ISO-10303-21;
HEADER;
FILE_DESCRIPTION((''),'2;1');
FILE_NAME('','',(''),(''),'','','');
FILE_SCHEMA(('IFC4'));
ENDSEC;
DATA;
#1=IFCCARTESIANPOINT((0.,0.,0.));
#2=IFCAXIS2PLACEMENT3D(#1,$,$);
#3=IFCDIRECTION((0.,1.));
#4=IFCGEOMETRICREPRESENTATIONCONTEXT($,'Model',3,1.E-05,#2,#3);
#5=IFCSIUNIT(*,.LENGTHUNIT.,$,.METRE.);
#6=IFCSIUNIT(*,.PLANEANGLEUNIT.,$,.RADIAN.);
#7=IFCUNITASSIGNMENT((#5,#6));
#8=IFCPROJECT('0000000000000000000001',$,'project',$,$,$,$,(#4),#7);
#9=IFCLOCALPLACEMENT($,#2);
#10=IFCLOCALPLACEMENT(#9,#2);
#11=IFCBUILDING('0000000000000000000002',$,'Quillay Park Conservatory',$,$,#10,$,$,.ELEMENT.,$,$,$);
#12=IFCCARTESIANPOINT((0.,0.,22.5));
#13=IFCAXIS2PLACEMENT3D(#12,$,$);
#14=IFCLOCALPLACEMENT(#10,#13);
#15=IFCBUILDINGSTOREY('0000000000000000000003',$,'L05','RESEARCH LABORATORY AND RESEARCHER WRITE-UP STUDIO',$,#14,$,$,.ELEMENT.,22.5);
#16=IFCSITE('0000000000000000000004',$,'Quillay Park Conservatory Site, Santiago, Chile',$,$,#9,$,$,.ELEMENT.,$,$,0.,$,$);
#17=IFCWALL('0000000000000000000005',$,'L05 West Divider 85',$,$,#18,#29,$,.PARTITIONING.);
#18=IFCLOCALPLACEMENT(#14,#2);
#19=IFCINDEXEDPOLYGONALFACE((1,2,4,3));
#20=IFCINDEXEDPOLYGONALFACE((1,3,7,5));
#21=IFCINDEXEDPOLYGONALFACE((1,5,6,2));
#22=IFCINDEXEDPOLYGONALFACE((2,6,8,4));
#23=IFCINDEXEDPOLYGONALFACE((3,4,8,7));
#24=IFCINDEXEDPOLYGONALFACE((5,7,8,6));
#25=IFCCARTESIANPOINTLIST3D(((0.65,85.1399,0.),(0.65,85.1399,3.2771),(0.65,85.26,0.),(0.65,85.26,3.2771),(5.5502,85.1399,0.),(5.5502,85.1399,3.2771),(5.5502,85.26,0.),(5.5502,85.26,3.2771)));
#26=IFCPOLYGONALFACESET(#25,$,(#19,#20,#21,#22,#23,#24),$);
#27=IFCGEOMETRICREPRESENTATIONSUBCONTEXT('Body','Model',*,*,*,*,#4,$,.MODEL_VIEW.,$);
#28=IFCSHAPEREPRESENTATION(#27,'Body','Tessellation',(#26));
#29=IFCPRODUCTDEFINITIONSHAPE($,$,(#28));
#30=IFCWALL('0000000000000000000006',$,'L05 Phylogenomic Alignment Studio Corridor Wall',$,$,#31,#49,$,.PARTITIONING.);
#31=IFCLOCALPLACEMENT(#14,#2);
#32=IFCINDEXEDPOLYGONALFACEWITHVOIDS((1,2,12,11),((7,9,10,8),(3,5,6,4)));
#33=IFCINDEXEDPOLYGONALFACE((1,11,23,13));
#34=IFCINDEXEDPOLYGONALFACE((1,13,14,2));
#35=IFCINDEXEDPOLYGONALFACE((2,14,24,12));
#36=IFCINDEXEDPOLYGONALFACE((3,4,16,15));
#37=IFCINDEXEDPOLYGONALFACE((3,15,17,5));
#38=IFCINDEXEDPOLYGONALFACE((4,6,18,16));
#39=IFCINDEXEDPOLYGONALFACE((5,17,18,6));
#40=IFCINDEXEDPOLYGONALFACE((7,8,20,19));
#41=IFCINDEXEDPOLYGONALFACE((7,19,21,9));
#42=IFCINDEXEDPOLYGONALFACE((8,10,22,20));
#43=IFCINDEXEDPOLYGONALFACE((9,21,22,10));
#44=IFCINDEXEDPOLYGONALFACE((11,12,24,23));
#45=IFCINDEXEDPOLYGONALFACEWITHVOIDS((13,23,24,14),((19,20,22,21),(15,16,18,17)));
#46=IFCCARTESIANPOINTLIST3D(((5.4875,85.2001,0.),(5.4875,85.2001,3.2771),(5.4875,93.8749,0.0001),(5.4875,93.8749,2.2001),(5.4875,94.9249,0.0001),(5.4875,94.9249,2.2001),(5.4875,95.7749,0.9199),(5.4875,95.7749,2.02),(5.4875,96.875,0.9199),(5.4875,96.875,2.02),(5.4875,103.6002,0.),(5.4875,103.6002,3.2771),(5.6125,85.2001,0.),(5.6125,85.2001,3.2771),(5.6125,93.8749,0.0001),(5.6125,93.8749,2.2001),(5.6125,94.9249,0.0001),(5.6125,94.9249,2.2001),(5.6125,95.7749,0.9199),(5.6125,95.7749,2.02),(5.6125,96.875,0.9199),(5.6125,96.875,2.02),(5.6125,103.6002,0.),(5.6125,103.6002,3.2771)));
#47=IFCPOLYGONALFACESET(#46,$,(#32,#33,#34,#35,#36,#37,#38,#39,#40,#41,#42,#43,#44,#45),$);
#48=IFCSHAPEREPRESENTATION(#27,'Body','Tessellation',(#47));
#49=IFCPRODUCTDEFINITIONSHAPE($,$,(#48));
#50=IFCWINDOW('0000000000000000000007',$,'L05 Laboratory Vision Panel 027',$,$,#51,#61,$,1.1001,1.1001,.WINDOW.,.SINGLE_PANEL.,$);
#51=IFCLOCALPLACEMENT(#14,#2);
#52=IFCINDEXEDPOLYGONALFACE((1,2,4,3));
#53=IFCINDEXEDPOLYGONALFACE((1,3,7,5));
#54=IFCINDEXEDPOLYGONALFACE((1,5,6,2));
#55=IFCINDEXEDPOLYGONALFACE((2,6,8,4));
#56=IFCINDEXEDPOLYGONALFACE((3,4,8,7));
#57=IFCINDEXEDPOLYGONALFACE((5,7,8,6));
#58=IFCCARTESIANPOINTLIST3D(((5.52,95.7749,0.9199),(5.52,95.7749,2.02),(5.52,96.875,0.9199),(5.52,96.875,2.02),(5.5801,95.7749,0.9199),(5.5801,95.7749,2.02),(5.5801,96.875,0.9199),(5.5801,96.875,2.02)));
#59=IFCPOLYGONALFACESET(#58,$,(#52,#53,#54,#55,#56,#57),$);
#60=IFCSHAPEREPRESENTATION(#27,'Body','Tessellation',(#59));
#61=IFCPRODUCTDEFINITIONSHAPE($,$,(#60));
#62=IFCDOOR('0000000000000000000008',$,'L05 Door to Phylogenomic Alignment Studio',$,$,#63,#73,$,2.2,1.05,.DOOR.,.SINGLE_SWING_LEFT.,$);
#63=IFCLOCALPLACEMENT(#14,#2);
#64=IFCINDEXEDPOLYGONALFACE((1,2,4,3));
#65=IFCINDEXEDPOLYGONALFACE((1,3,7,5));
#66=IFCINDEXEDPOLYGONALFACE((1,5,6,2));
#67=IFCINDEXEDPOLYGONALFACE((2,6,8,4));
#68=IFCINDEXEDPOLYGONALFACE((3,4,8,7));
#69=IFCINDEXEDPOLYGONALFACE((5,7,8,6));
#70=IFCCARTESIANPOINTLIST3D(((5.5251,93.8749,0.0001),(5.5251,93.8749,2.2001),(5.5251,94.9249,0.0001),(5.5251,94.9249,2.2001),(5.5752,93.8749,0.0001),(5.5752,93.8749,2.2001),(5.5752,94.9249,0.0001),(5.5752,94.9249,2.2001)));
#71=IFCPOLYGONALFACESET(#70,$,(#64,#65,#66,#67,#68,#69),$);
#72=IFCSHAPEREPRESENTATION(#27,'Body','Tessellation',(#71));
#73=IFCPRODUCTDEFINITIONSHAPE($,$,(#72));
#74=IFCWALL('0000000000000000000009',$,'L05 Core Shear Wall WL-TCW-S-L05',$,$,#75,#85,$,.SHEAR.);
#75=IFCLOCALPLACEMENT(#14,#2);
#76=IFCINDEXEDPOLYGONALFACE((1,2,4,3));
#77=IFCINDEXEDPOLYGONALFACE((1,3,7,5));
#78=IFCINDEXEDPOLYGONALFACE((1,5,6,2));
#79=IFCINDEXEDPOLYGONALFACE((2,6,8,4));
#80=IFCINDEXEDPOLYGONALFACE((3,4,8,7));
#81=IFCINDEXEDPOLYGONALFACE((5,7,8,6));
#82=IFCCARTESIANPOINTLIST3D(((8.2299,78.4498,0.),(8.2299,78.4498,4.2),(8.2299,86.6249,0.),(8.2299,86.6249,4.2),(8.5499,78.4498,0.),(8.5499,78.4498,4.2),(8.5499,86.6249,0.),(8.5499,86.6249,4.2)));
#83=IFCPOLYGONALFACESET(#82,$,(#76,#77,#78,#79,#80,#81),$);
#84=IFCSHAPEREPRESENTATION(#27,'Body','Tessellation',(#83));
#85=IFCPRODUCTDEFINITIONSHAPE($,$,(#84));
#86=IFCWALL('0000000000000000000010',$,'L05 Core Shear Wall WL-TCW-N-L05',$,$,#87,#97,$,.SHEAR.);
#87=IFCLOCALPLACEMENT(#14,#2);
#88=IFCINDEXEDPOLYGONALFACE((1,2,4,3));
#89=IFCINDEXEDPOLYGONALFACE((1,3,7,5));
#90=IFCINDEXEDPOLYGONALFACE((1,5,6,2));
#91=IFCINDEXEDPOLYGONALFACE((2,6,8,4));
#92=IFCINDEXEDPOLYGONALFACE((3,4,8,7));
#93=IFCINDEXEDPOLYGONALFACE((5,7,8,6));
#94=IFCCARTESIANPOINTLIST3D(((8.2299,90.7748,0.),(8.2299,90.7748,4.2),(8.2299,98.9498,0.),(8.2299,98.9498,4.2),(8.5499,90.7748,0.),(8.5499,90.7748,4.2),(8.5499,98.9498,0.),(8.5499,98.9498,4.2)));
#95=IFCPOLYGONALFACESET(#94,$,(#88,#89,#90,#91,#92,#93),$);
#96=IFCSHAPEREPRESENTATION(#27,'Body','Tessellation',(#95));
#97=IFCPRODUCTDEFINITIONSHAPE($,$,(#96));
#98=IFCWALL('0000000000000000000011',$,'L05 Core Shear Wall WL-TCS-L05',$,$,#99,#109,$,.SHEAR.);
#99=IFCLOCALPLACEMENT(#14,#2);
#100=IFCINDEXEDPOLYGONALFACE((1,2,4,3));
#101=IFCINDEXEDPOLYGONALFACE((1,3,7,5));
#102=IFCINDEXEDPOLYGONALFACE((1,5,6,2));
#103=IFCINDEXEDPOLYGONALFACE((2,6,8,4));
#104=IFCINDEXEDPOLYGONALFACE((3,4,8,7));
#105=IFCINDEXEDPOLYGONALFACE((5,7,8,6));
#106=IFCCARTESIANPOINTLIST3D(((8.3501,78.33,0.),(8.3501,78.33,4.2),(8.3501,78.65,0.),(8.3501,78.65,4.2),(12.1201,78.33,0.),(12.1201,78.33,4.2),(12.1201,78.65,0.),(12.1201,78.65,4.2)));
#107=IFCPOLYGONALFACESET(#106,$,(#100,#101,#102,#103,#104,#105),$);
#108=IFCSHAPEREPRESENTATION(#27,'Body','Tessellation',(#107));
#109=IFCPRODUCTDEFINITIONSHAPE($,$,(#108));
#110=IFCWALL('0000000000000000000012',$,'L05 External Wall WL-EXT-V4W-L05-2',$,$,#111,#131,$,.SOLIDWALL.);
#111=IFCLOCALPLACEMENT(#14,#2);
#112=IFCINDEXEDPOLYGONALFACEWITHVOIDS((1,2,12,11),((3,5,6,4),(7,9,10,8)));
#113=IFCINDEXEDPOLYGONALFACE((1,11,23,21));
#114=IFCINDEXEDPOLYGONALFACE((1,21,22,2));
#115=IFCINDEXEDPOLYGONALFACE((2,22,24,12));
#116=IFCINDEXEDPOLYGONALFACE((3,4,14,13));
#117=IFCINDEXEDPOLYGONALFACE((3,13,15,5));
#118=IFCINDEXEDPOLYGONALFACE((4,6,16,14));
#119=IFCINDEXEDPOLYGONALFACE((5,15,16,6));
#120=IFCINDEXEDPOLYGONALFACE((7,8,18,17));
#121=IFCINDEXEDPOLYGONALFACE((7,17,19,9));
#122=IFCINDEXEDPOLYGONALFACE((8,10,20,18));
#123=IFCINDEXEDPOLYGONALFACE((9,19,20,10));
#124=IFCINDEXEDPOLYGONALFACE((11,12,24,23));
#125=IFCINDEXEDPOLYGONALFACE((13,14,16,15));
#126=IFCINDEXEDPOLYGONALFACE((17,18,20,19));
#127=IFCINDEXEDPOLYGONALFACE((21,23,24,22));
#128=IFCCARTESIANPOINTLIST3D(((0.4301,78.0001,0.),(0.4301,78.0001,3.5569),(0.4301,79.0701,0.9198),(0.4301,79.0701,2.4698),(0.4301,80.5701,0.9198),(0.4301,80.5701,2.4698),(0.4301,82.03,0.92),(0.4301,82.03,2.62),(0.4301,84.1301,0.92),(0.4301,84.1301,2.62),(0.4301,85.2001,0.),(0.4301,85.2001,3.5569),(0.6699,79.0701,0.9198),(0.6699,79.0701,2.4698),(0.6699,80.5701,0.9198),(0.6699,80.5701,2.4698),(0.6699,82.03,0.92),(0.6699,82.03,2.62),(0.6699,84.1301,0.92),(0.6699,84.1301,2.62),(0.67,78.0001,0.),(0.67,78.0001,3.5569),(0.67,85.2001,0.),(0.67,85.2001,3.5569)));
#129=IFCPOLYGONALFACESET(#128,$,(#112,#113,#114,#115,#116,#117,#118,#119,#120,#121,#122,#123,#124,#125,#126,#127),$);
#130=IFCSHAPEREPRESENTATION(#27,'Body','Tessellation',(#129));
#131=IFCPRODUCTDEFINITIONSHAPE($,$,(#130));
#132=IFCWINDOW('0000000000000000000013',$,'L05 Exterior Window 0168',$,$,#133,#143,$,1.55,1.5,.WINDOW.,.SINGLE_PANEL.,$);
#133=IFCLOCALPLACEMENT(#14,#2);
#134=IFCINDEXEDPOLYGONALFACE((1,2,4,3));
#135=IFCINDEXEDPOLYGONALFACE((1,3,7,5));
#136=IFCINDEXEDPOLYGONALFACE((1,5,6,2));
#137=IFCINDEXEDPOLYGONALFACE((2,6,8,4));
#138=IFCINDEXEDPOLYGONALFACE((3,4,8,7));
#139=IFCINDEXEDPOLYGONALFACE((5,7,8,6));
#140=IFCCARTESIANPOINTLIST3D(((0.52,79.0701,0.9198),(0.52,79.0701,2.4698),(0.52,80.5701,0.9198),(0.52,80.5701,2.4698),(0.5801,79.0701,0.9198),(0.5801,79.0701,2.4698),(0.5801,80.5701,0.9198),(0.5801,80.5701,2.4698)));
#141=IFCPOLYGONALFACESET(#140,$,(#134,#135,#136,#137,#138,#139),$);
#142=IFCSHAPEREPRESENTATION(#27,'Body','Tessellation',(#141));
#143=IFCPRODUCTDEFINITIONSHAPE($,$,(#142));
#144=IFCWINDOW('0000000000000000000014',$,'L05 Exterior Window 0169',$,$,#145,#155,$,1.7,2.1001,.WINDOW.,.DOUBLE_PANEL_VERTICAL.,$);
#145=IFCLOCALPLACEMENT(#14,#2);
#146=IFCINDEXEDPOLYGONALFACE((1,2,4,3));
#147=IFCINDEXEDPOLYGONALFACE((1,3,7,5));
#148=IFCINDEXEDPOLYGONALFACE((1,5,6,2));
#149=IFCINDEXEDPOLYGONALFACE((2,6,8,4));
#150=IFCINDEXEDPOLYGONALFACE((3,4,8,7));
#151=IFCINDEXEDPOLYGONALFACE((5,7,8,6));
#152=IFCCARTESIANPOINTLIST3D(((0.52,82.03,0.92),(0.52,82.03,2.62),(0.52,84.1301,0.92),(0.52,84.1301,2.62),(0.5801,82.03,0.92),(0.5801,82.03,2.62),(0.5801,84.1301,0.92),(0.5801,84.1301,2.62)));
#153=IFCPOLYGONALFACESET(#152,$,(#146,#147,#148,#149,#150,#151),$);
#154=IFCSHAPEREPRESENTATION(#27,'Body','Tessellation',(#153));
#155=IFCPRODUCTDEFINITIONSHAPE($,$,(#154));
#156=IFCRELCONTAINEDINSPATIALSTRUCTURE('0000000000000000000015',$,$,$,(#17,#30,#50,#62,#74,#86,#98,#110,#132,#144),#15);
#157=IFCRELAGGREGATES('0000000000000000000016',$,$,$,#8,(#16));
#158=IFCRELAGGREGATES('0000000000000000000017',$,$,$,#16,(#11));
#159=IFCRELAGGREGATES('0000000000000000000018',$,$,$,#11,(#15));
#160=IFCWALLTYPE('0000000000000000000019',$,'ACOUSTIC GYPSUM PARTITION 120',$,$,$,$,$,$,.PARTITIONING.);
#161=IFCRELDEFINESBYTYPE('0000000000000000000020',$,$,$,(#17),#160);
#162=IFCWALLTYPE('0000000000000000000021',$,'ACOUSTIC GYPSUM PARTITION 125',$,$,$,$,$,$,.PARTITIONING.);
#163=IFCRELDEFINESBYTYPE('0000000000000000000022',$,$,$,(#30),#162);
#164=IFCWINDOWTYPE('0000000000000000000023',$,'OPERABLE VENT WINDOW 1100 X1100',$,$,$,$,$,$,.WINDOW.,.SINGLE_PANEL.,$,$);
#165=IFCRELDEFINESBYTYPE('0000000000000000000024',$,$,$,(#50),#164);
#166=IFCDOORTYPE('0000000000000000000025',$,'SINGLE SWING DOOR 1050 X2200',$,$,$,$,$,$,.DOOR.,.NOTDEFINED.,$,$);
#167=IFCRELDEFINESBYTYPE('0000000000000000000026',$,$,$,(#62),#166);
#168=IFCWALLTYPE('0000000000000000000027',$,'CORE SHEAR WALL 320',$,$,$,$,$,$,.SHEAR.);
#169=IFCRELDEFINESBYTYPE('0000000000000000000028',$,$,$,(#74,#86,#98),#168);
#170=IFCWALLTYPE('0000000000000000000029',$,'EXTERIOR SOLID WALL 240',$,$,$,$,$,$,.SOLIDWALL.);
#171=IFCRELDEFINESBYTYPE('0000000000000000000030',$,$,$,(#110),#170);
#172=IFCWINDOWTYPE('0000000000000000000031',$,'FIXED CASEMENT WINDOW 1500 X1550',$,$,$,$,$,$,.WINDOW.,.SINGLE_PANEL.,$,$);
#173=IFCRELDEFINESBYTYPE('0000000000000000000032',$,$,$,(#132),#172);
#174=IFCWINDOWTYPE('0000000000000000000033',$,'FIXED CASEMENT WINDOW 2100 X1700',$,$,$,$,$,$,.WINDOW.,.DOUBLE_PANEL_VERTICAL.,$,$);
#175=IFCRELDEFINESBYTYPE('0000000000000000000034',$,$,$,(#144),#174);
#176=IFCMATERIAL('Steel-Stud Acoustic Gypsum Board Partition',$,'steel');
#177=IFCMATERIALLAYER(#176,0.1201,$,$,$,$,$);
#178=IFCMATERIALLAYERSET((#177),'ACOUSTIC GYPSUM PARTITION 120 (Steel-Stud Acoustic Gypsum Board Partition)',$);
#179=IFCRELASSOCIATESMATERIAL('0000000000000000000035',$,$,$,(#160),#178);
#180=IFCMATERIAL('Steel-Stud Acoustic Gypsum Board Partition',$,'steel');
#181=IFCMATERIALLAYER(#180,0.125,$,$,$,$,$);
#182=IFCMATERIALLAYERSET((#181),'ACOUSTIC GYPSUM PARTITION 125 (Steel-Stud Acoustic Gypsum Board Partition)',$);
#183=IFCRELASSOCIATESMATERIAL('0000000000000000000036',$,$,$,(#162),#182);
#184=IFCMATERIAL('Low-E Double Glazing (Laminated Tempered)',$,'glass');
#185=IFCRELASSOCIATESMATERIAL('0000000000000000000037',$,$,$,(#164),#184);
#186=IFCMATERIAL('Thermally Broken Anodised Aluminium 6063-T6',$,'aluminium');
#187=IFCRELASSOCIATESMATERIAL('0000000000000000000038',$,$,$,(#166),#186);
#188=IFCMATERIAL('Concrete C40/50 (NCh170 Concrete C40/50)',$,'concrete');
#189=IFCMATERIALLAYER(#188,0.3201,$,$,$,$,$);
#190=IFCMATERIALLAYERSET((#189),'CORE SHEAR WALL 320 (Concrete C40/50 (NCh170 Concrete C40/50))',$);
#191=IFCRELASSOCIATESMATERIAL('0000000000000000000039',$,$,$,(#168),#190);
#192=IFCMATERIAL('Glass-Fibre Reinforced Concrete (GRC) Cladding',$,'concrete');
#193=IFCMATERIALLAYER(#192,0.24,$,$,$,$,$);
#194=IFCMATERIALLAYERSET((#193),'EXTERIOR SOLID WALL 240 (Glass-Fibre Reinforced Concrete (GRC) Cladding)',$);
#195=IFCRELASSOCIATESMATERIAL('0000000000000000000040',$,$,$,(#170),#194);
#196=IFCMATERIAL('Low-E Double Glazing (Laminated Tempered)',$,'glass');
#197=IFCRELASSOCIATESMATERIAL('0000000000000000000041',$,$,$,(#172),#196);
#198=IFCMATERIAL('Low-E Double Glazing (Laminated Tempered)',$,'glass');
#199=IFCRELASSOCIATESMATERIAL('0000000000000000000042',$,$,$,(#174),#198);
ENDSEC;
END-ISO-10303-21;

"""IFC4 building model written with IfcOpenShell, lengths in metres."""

from ifc_helpers import new_model, si_unit, direction, frame, frame_2d, origin, place, context, subcontext, project, spatial, rectangle, extrude, material, layer, layer_set, type_object, element, fill, save


model = new_model("IFC4")

# Units and contexts
model_context = context("Model", 3, precision=1e-05, world=origin(), true_north=direction((0.0, 1.0)))
body_context = subcontext(model_context, "Body", "Model", "MODEL_VIEW")
ifc_project = project(units=[si_unit("LENGTHUNIT", "METRE"), si_unit("PLANEANGLEUNIT", "RADIAN")], contexts=[model_context])

# Site, building, storey
site_placement = place(None, origin())
site = spatial("IfcSite", under=ifc_project, at=site_placement, Name="Quillay Park Conservatory Site, Santiago, Chile", CompositionType="ELEMENT", RefElevation=0.0)
building_placement = place(site_placement, origin())
building = spatial("IfcBuilding", under=site, at=building_placement, Name="Quillay Park Conservatory", CompositionType="ELEMENT")
storey_placement = place(building_placement, frame((0.0, 0.0, 22.5)))
storey = spatial("IfcBuildingStorey", under=building, at=storey_placement, Name="L05", Description="RESEARCH LABORATORY AND RESEARCHER WRITE-UP STUDIO", CompositionType="ELEMENT", Elevation=22.5)

# Wall
ifc_material_1 = material(Name="Steel-Stud Acoustic Gypsum Board Partition", Category="steel")
ifc_layer_1 = layer(ifc_material_1, 0.1201)
ifc_layer_set_1 = layer_set([ifc_layer_1], Name="ACOUSTIC GYPSUM PARTITION 120 (Steel-Stud Acoustic Gypsum Board Partition)")
wall_type_1 = type_object("IfcWallType", Name="ACOUSTIC GYPSUM PARTITION 120", PredefinedType="PARTITIONING", material=ifc_layer_set_1)
wall_1_placement = place(storey_placement, frame((0.6499, 85.2, 0.0), z_axis=(0.0, 0.0, 1.0), x_axis=(1.0, 0.0, 0.0)))
element("IfcWall", 1, at=wall_1_placement, inside=storey, type_object=wall_type_1, Name="L05 West Divider 85", PredefinedType="PARTITIONING", context=body_context, shape_type="SweptSolid", body=[
    extrude(rectangle(XDim=4.9001, YDim=0.1201, at=frame_2d((2.4502, 0.0))), origin(), (0.0, 0.0, 1.0), 3.2771),
])

# Wall, openings, window, door
ifc_material_2 = material(Name="Steel-Stud Acoustic Gypsum Board Partition", Category="steel")
ifc_layer_2 = layer(ifc_material_2, 0.125)
ifc_layer_set_2 = layer_set([ifc_layer_2], Name="ACOUSTIC GYPSUM PARTITION 125 (Steel-Stud Acoustic Gypsum Board Partition)")
wall_type_2 = type_object("IfcWallType", Name="ACOUSTIC GYPSUM PARTITION 125", PredefinedType="PARTITIONING", material=ifc_layer_set_2)
wall_2_placement = place(storey_placement, frame((5.55, 85.2, 0.0), z_axis=(0.0, 0.0, 1.0), x_axis=(0.0, 1.0, 0.0)))
wall_2 = element("IfcWall", 2, at=wall_2_placement, inside=storey, type_object=wall_type_2, Name="L05 Phylogenomic Alignment Studio Corridor Wall", PredefinedType="PARTITIONING", context=body_context, shape_type="SweptSolid", body=[
    extrude(rectangle(XDim=18.4001, YDim=0.125, at=frame_2d((9.2002, 0.0))), origin(), (0.0, 0.0, 1.0), 3.2771),
])
opening_1_placement = place(wall_2_placement, frame((8.675, 0.0, 0.0)))
opening_1 = element("IfcOpeningElement", 3, at=opening_1_placement, cuts=wall_2, PredefinedType="OPENING", context=body_context, shape_type="SweptSolid", body=[
    extrude(rectangle(XDim=1.05, YDim=2.2, at=frame_2d((0.5249, 1.1001))), frame((0.0, 0.0625, 0.0), z_axis=(0.0, -1.0, 0.0), x_axis=(1.0, 0.0, 0.0)), (0.0, 0.0, 1.0), 0.125),
])
opening_2_placement = place(wall_2_placement, frame((10.575, 0.0, 0.9199)))
opening_2 = element("IfcOpeningElement", 4, at=opening_2_placement, cuts=wall_2, PredefinedType="OPENING", context=body_context, shape_type="SweptSolid", body=[
    extrude(rectangle(XDim=1.1001, YDim=1.1001, at=frame_2d((0.55, 0.55))), frame((0.0, 0.0625, 0.0), z_axis=(0.0, -1.0, 0.0), x_axis=(1.0, 0.0, 0.0)), (0.0, 0.0, 1.0), 0.125),
])
ifc_material_3 = material(Name="Low-E Double Glazing (Laminated Tempered)", Category="glass")
window_type_1 = type_object("IfcWindowType", Name="OPERABLE VENT WINDOW 1100 X1100", PartitioningType="SINGLE_PANEL", PredefinedType="WINDOW", material=ifc_material_3)
window_1_placement = place(opening_2_placement, origin())
window_1 = element("IfcWindow", 5, at=window_1_placement, inside=storey, type_object=window_type_1, Name="L05 Laboratory Vision Panel 027", OverallHeight=1.1001, OverallWidth=1.1001, PartitioningType="SINGLE_PANEL", PredefinedType="WINDOW", context=body_context, shape_type="SweptSolid", body=[
    extrude(rectangle(XDim=1.1001, YDim=1.1001, at=frame_2d((0.55, 0.55))), frame((0.0, 0.03, 0.0), z_axis=(0.0, -1.0, 0.0), x_axis=(1.0, 0.0, 0.0)), (0.0, 0.0, 1.0), 0.0601),
])
fill(opening_2, window_1)
ifc_material_4 = material(Name="Thermally Broken Anodised Aluminium 6063-T6", Category="aluminium")
door_type_1 = type_object("IfcDoorType", Name="SINGLE SWING DOOR 1050 X2200", OperationType="NOTDEFINED", PredefinedType="DOOR", material=ifc_material_4)
door_1_placement = place(opening_1_placement, origin())
door_1 = element("IfcDoor", 6, at=door_1_placement, inside=storey, type_object=door_type_1, Name="L05 Door to Phylogenomic Alignment Studio", OperationType="SINGLE_SWING_LEFT", OverallHeight=2.2, OverallWidth=1.05, PredefinedType="DOOR", context=body_context, shape_type="SweptSolid", body=[
    extrude(rectangle(XDim=1.05, YDim=2.2, at=frame_2d((0.5249, 1.1001))), frame((0.0, 0.0249, 0.0), z_axis=(0.0, -1.0, 0.0), x_axis=(1.0, 0.0, 0.0)), (0.0, 0.0, 1.0), 0.05),
])
fill(opening_1, door_1)

# Walls
ifc_material_5 = material(Name="Concrete C40/50 (NCh170 Concrete C40/50)", Category="concrete")
ifc_layer_3 = layer(ifc_material_5, 0.3201)
ifc_layer_set_3 = layer_set([ifc_layer_3], Name="CORE SHEAR WALL 320 (Concrete C40/50 (NCh170 Concrete C40/50))")
wall_type_3 = type_object("IfcWallType", Name="CORE SHEAR WALL 320", PredefinedType="SHEAR", material=ifc_layer_set_3)
for number, where, z_axis, x_axis, name in (
    (7, (8.3899, 78.45, 0.0), (0.0, 0.0, 1.0), (0.0, 1.0, 0.0), "L05 Core Shear Wall WL-TCW-S-L05"),
    (8, (8.3899, 90.7749, 0.0), (0.0, 0.0, 1.0), (0.0, 1.0, 0.0), "L05 Core Shear Wall WL-TCW-N-L05"),
):
    element("IfcWall", number, at=place(storey_placement, frame(where, z_axis=z_axis, x_axis=x_axis)), inside=storey, type_object=wall_type_3, Name=name, PredefinedType="SHEAR", context=body_context, shape_type="SweptSolid", body=[
        extrude(rectangle(XDim=8.175, YDim=0.3201, at=frame_2d((4.0874, 0.0))), origin(), (0.0, 0.0, 1.0), 4.2),
    ])
wall_3_placement = place(storey_placement, frame((8.3501, 78.49, 0.0), z_axis=(0.0, 0.0, 1.0), x_axis=(1.0, 0.0, 0.0)))
element("IfcWall", 9, at=wall_3_placement, inside=storey, type_object=wall_type_3, Name="L05 Core Shear Wall WL-TCS-L05", PredefinedType="SHEAR", context=body_context, shape_type="SweptSolid", body=[
    extrude(rectangle(XDim=3.77, YDim=0.3201, at=frame_2d((1.885, 0.0))), origin(), (0.0, 0.0, 1.0), 4.2),
])

# Wall, openings, windows
ifc_material_6 = material(Name="Glass-Fibre Reinforced Concrete (GRC) Cladding", Category="concrete")
ifc_layer_4 = layer(ifc_material_6, 0.24)
ifc_layer_set_4 = layer_set([ifc_layer_4], Name="EXTERIOR SOLID WALL 240 (Glass-Fibre Reinforced Concrete (GRC) Cladding)")
wall_type_4 = type_object("IfcWallType", Name="EXTERIOR SOLID WALL 240", PredefinedType="SOLIDWALL", material=ifc_layer_set_4)
wall_4_placement = place(storey_placement, frame((0.55, 78.0, 0.0), z_axis=(0.0, 0.0, 1.0), x_axis=(0.0, 1.0, 0.0)))
wall_4 = element("IfcWall", 10, at=wall_4_placement, inside=storey, type_object=wall_type_4, Name="L05 External Wall WL-EXT-V4W-L05-2", PredefinedType="SOLIDWALL", context=body_context, shape_type="SweptSolid", body=[
    extrude(rectangle(XDim=7.2, YDim=0.24, at=frame_2d((3.6001, 0.0))), origin(), (0.0, 0.0, 1.0), 3.5569),
])
opening_3_placement = place(wall_4_placement, frame((1.0701, 0.0, 0.9199)))
opening_3 = element("IfcOpeningElement", 11, at=opening_3_placement, cuts=wall_4, PredefinedType="OPENING", context=body_context, shape_type="SweptSolid", body=[
    extrude(rectangle(XDim=1.5, YDim=1.55, at=frame_2d((0.75, 0.7749))), frame((0.0, 0.1201, 0.0), z_axis=(0.0, -1.0, 0.0), x_axis=(1.0, 0.0, 0.0)), (0.0, 0.0, 1.0), 0.24),
])
opening_4_placement = place(wall_4_placement, frame((4.03, 0.0, 0.9199)))
opening_4 = element("IfcOpeningElement", 12, at=opening_4_placement, cuts=wall_4, PredefinedType="OPENING", context=body_context, shape_type="SweptSolid", body=[
    extrude(rectangle(XDim=2.1001, YDim=1.7, at=frame_2d((1.05, 0.8501))), frame((0.0, 0.1201, 0.0), z_axis=(0.0, -1.0, 0.0), x_axis=(1.0, 0.0, 0.0)), (0.0, 0.0, 1.0), 0.24),
])
ifc_material_7 = material(Name="Low-E Double Glazing (Laminated Tempered)", Category="glass")
window_type_2 = type_object("IfcWindowType", Name="FIXED CASEMENT WINDOW 1500 X1550", PartitioningType="SINGLE_PANEL", PredefinedType="WINDOW", material=ifc_material_7)
window_2_placement = place(opening_3_placement, origin())
window_2 = element("IfcWindow", 13, at=window_2_placement, inside=storey, type_object=window_type_2, Name="L05 Exterior Window 0168", OverallHeight=1.55, OverallWidth=1.5, PartitioningType="SINGLE_PANEL", PredefinedType="WINDOW", context=body_context, shape_type="SweptSolid", body=[
    extrude(rectangle(XDim=1.5, YDim=1.55, at=frame_2d((0.75, 0.7749))), frame((0.0, 0.03, 0.0), z_axis=(0.0, -1.0, 0.0), x_axis=(1.0, 0.0, 0.0)), (0.0, 0.0, 1.0), 0.0601),
])
fill(opening_3, window_2)
ifc_material_8 = material(Name="Low-E Double Glazing (Laminated Tempered)", Category="glass")
window_type_3 = type_object("IfcWindowType", Name="FIXED CASEMENT WINDOW 2100 X1700", PartitioningType="DOUBLE_PANEL_VERTICAL", PredefinedType="WINDOW", material=ifc_material_8)
window_3_placement = place(opening_4_placement, origin())
window_3 = element("IfcWindow", 14, at=window_3_placement, inside=storey, type_object=window_type_3, Name="L05 Exterior Window 0169", OverallHeight=1.7, OverallWidth=2.1001, PartitioningType="DOUBLE_PANEL_VERTICAL", PredefinedType="WINDOW", context=body_context, shape_type="SweptSolid", body=[
    extrude(rectangle(XDim=2.1001, YDim=1.7, at=frame_2d((1.05, 0.8501))), frame((0.0, 0.03, 0.0), z_axis=(0.0, -1.0, 0.0), x_axis=(1.0, 0.0, 0.0)), (0.0, 0.0, 1.0), 0.0601),
])
fill(opening_4, window_3)

save(model, "model.ifc")
